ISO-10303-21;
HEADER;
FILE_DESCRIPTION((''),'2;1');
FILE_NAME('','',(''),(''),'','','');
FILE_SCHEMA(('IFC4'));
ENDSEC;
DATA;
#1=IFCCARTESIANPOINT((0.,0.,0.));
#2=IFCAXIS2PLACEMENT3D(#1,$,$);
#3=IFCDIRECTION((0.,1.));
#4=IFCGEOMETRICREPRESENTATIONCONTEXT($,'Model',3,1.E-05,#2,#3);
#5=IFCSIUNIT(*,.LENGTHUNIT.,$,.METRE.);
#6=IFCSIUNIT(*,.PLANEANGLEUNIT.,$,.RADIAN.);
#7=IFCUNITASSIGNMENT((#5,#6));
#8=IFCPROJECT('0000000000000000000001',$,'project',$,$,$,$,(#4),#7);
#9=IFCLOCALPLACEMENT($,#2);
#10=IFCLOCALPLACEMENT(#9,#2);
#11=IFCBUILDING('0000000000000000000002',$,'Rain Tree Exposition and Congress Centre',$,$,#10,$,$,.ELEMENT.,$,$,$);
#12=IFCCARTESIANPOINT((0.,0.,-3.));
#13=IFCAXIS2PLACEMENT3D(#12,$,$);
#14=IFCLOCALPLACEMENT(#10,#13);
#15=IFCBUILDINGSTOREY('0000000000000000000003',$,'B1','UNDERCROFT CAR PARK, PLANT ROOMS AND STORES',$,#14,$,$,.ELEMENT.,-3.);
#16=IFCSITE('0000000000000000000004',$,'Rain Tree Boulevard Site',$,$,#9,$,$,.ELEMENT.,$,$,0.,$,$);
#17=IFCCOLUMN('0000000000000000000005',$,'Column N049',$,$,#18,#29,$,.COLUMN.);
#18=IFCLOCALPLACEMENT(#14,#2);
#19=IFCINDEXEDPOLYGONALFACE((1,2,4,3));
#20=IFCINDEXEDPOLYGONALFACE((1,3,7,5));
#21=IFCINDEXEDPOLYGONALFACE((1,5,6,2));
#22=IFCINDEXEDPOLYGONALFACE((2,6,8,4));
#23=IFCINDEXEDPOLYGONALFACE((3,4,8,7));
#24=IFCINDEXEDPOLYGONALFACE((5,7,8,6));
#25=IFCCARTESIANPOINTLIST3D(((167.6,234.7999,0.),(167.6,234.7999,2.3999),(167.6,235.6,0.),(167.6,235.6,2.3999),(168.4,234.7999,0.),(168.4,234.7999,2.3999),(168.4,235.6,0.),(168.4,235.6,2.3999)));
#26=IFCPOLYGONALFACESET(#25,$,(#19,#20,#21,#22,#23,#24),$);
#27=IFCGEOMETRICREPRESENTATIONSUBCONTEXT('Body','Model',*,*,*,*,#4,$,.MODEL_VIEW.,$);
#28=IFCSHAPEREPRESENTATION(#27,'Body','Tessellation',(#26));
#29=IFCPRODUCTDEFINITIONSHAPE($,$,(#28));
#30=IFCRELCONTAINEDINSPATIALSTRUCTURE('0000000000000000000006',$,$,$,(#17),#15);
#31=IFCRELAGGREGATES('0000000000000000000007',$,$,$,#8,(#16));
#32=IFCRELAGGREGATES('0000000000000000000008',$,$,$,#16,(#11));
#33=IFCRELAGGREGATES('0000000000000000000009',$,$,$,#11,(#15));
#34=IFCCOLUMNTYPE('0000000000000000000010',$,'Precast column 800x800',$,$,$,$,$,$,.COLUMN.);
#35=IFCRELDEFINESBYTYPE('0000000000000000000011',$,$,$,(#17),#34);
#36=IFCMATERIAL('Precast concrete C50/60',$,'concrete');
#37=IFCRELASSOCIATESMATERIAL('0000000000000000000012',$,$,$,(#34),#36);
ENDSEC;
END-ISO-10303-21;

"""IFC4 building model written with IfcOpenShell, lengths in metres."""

from ifc_helpers import new_model, si_unit, direction, frame, origin, origin_2d, place, context, subcontext, project, spatial, rectangle, extrude, material, material_profile, profile_set, type_object, element, save


model = new_model("IFC4")

# Units and contexts
model_context = context("Model", 3, precision=1e-05, world=origin(), true_north=direction((0.0, 1.0)))
body_context = subcontext(model_context, "Body", "Model", "MODEL_VIEW")
ifc_project = project(units=[si_unit("LENGTHUNIT", "METRE"), si_unit("PLANEANGLEUNIT", "RADIAN")], contexts=[model_context])

# Site, building, storey
site_placement = place(None, origin())
site = spatial("IfcSite", under=ifc_project, at=site_placement, Name="Rain Tree Boulevard Site", CompositionType="ELEMENT", RefElevation=0.0)
building_placement = place(site_placement, origin())
building = spatial("IfcBuilding", under=site, at=building_placement, Name="Rain Tree Exposition and Congress Centre", CompositionType="ELEMENT")
storey_placement = place(building_placement, frame((0.0, 0.0, -3.0)))
storey = spatial("IfcBuildingStorey", under=building, at=storey_placement, Name="B1", Description="UNDERCROFT CAR PARK, PLANT ROOMS AND STORES", CompositionType="ELEMENT", Elevation=-3.0)

# Column
ifc_material_1 = material(Name="Precast concrete C50/60", Category="concrete")
ifc_material_profile_1 = material_profile(ifc_material_1, rectangle(XDim=0.8, YDim=0.8, at=origin_2d()), Name="RC 800x800")
ifc_profile_set_1 = profile_set([ifc_material_profile_1], Name="Precast concrete C50/60")
column_type = type_object("IfcColumnType", Name="Precast column 800x800", PredefinedType="COLUMN", material=ifc_profile_set_1)
for number, where, z_axis, x_axis, name in (
    (1, (168.0, 235.2, 0.0), (0.0, 0.0, 1.0), (1.0, 0.0, 0.0), "Column N049"),
):
    element("IfcColumn", number, at=place(storey_placement, frame(where, z_axis=z_axis, x_axis=x_axis)), inside=storey, type_object=column_type, Name=name, PredefinedType="COLUMN", context=body_context, shape_type="SweptSolid", body=[
        extrude(rectangle(XDim=0.8, YDim=0.8, at=origin_2d()), origin(), (0.0, 0.0, 1.0), 2.3999),
    ])

save(model, "model.ifc")
